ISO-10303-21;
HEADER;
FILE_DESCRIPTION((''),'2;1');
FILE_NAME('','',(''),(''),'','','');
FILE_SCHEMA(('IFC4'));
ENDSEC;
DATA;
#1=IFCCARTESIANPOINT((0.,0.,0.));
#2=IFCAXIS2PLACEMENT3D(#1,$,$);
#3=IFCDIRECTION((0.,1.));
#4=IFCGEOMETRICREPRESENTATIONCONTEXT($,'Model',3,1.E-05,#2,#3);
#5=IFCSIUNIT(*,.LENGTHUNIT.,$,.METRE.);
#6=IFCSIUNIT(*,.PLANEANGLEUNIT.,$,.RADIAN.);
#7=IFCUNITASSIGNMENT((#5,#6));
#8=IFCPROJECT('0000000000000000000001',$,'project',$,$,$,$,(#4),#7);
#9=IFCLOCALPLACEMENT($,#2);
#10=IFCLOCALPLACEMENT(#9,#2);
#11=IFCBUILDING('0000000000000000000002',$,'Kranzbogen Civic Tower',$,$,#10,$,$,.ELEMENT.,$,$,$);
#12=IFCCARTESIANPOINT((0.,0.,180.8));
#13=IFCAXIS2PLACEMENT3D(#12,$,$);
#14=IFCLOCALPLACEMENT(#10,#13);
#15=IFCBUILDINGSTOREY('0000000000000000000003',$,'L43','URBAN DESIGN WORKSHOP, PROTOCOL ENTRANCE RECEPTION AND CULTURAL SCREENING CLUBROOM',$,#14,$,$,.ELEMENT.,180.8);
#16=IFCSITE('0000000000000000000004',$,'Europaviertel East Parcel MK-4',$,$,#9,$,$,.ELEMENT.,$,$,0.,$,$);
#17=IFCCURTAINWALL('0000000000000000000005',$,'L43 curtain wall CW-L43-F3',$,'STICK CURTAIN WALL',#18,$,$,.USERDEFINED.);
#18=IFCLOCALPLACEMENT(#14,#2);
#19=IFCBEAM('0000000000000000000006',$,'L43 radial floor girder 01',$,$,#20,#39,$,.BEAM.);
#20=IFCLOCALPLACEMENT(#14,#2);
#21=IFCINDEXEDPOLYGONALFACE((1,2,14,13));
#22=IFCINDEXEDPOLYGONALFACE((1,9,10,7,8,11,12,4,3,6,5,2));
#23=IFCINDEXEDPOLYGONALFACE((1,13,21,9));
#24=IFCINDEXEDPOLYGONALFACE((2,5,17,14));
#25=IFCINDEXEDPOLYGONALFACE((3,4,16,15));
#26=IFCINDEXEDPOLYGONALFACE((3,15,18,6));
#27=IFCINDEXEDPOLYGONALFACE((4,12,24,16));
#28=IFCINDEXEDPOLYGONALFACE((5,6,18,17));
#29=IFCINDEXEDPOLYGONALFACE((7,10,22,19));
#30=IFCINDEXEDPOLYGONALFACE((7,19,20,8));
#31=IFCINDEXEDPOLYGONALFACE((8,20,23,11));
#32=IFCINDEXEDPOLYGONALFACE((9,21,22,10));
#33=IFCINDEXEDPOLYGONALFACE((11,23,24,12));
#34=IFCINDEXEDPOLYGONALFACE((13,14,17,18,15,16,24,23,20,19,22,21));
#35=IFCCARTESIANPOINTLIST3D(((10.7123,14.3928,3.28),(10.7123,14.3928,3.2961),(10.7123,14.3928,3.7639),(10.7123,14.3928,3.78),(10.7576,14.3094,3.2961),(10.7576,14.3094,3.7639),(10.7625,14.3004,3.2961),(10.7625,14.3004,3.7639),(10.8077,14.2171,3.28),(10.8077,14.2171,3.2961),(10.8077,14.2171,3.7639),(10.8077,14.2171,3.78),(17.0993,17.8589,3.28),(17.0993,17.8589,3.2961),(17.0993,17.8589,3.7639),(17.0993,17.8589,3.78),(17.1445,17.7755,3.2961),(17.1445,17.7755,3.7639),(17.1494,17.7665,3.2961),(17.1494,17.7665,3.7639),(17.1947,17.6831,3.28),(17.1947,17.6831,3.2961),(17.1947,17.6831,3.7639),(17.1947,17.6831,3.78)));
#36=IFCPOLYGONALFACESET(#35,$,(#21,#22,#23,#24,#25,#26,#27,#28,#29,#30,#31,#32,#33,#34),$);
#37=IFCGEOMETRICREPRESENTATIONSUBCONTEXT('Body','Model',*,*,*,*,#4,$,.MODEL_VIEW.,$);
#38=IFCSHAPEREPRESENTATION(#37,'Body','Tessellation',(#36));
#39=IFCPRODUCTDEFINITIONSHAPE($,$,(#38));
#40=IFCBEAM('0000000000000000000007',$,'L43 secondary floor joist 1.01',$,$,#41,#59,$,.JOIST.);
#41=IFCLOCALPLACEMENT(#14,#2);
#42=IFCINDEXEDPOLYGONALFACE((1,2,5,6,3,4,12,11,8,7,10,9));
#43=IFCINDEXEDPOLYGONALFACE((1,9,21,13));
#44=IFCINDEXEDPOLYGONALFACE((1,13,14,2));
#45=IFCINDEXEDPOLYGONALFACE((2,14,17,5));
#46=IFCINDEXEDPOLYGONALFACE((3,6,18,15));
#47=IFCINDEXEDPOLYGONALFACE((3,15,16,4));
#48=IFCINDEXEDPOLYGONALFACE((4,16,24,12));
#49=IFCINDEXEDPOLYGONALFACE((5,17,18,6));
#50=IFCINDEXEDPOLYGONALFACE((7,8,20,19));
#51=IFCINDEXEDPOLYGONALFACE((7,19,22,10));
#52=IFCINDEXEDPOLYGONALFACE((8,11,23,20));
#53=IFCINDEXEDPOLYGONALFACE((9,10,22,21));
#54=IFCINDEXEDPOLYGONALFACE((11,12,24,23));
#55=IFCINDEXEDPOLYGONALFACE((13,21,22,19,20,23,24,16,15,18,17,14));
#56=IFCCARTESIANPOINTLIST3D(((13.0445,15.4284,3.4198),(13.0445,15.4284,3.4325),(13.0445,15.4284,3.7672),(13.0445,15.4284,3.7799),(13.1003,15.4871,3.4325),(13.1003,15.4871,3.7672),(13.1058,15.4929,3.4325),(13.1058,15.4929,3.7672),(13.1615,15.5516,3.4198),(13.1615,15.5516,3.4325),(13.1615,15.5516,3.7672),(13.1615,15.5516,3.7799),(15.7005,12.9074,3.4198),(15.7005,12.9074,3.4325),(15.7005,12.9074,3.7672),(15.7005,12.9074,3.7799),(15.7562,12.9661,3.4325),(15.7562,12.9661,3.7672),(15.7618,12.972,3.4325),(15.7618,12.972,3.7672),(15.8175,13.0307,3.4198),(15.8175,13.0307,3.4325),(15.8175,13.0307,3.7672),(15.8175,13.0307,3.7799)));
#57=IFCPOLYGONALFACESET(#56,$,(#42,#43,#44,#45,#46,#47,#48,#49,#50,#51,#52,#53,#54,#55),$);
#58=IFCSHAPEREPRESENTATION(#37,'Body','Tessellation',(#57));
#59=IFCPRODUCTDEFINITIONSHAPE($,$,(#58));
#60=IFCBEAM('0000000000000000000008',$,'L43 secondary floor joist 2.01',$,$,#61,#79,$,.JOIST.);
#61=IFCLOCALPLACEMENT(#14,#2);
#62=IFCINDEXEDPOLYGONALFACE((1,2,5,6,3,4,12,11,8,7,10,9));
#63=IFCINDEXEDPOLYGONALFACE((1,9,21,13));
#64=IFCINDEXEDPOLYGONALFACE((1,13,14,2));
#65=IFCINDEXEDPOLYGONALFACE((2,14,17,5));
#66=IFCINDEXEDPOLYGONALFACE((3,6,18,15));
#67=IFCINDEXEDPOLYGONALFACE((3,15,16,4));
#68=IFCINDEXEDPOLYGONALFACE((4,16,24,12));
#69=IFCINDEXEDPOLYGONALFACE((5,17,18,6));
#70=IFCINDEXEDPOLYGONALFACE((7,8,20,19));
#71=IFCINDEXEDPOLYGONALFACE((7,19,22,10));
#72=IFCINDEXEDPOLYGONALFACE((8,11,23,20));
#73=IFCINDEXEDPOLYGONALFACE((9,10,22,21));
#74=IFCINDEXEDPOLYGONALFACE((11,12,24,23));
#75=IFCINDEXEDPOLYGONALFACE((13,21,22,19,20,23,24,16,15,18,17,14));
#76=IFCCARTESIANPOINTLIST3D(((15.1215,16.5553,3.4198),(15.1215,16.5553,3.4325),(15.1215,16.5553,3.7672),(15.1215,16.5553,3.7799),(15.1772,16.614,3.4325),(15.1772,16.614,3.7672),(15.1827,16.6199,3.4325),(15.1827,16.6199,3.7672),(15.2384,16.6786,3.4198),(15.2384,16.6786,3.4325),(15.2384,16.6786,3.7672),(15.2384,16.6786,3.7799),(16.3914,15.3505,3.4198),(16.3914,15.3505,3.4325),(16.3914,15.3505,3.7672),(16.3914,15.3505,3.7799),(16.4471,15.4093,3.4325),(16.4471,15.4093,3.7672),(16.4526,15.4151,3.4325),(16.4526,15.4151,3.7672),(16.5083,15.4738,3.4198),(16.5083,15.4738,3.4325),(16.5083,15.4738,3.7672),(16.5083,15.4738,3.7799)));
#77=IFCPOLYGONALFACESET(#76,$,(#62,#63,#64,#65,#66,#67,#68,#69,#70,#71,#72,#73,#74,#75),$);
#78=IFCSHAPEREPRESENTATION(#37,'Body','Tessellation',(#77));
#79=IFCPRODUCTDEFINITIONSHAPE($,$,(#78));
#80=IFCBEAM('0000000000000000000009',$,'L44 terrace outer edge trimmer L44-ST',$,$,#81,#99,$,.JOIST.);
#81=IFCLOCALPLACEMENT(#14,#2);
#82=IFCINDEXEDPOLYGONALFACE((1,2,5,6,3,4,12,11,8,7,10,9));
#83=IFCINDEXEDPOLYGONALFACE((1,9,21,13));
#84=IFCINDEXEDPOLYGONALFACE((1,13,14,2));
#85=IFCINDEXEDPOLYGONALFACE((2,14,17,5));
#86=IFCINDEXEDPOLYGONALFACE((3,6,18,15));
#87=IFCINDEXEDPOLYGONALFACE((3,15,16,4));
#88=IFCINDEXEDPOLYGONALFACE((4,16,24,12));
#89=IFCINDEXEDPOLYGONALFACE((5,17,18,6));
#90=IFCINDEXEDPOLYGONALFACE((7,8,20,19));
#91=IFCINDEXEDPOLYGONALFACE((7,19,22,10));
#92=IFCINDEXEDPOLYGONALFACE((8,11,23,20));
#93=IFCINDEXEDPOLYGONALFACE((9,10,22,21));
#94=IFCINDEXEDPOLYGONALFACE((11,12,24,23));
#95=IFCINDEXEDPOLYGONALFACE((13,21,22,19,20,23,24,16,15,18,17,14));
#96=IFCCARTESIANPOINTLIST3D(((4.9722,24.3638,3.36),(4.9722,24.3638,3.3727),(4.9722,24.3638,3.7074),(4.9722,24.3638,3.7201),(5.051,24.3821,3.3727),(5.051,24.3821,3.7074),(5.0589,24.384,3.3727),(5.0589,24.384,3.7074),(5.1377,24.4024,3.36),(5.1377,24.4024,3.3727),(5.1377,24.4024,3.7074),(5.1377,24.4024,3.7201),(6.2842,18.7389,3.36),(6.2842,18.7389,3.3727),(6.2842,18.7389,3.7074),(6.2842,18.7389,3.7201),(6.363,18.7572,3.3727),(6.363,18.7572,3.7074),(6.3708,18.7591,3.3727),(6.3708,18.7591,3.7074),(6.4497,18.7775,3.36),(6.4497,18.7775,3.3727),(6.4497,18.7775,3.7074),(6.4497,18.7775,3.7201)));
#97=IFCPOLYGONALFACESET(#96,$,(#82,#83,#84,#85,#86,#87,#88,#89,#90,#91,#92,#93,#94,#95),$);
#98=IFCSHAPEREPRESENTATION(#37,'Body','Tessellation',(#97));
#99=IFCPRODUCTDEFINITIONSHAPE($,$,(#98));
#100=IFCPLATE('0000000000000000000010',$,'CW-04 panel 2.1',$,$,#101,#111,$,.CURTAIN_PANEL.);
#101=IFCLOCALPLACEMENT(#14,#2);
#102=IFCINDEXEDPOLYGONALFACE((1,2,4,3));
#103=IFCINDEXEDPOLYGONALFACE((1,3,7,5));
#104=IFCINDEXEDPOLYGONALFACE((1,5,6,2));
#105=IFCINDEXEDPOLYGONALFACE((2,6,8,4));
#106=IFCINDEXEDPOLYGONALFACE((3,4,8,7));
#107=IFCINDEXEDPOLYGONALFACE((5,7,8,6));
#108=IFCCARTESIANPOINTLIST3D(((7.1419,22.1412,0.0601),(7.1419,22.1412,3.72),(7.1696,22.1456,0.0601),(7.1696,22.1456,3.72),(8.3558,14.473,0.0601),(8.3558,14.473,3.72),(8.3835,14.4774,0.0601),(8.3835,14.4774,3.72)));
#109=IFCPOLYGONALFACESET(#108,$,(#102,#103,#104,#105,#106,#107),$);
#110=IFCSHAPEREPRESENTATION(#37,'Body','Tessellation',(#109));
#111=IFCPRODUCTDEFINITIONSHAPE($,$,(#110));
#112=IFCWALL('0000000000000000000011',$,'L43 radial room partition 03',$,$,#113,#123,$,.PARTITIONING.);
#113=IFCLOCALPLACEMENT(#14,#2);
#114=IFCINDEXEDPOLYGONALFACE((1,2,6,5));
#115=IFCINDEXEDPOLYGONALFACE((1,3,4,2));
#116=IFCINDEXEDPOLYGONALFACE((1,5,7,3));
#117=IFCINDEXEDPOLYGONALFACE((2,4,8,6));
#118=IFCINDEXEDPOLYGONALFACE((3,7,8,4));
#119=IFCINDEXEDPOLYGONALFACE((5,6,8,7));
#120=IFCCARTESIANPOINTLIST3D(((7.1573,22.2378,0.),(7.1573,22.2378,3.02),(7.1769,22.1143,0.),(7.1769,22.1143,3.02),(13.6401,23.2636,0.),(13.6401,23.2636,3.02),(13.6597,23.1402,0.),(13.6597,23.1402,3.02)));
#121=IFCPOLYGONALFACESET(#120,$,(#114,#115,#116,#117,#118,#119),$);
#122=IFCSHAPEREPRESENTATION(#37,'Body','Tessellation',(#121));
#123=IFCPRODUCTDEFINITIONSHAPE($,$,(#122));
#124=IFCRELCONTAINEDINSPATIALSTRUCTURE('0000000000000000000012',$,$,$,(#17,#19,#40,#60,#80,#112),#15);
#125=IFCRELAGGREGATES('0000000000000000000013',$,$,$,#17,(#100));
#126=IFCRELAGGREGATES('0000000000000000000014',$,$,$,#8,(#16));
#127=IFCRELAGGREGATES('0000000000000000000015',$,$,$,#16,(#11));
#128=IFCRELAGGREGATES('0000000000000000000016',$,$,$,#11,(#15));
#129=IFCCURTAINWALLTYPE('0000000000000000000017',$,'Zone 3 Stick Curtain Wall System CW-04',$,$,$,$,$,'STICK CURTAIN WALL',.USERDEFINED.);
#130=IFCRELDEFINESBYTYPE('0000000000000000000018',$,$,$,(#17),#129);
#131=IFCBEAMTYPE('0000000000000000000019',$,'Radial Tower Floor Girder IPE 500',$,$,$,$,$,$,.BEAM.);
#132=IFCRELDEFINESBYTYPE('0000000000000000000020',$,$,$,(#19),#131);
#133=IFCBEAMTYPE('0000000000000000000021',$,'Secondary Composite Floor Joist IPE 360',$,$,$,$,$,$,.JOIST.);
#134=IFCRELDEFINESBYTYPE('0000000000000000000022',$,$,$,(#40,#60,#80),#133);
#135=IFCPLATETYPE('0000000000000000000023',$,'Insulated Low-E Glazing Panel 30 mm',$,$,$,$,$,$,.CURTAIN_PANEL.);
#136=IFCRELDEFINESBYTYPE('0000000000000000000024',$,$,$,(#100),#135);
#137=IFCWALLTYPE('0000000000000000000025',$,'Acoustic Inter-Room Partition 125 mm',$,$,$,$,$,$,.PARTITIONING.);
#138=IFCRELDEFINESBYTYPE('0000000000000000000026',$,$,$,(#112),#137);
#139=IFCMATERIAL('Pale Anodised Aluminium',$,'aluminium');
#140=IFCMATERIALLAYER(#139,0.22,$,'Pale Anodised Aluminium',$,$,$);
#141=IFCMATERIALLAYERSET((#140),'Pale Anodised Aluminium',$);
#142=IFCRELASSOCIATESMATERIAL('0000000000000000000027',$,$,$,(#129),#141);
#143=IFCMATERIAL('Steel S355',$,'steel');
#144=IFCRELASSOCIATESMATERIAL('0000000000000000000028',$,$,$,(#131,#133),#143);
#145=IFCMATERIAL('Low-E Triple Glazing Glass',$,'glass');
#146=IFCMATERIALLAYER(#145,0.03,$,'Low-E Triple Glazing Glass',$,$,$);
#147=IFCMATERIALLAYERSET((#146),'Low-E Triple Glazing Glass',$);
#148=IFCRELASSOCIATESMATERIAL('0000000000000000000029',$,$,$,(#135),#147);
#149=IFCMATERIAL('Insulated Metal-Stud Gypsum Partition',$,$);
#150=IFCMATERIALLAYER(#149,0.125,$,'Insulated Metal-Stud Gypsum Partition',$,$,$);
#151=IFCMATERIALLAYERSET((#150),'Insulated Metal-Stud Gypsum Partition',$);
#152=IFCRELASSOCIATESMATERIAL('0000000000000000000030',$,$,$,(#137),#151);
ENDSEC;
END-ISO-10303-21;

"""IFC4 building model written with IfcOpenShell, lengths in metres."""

from ifc_helpers import new_model, si_unit, direction, frame, frame_2d, origin, origin_2d, place, context, subcontext, project, spatial, rectangle, i_section, extrude, material, layer, layer_set, material_profile, profile_set, type_object, element, aggregate, save


model = new_model("IFC4")

# Units and contexts
model_context = context("Model", 3, precision=1e-05, world=origin(), true_north=direction((0.0, 1.0)))
body_context = subcontext(model_context, "Body", "Model", "MODEL_VIEW")
ifc_project = project(units=[si_unit("LENGTHUNIT", "METRE"), si_unit("PLANEANGLEUNIT", "RADIAN")], contexts=[model_context])

# Site, building, storey
site_placement = place(None, origin())
site = spatial("IfcSite", under=ifc_project, at=site_placement, Name="Europaviertel East Parcel MK-4", CompositionType="ELEMENT", RefElevation=0.0)
building_placement = place(site_placement, origin())
building = spatial("IfcBuilding", under=site, at=building_placement, Name="Kranzbogen Civic Tower", CompositionType="ELEMENT")
storey_placement = place(building_placement, frame((0.0, 0.0, 180.8)))
storey = spatial("IfcBuildingStorey", under=building, at=storey_placement, Name="L43", Description="URBAN DESIGN WORKSHOP, PROTOCOL ENTRANCE RECEPTION AND CULTURAL SCREENING CLUBROOM", CompositionType="ELEMENT", Elevation=180.8)

# Shared definitions
ifc_material_1 = material(Name="Steel S355", Category="steel")

# Curtain wall
ifc_material_2 = material(Name="Pale Anodised Aluminium", Category="aluminium")
ifc_layer_1 = layer(ifc_material_2, 0.22, Name="Pale Anodised Aluminium")
ifc_layer_set_1 = layer_set([ifc_layer_1], Name="Pale Anodised Aluminium")
curtain_wall_type = type_object("IfcCurtainWallType", Name="Zone 3 Stick Curtain Wall System CW-04", ElementType="STICK CURTAIN WALL", PredefinedType="USERDEFINED", material=ifc_layer_set_1)
curtain_wall_placement = place(storey_placement, origin())
curtain_wall = element("IfcCurtainWall", 1, at=curtain_wall_placement, inside=storey, type_object=curtain_wall_type, Name="L43 curtain wall CW-L43-F3", ObjectType="STICK CURTAIN WALL", PredefinedType="USERDEFINED")

# Beams
ifc_material_profile_1 = material_profile(ifc_material_1, i_section(OverallWidth=0.2, OverallDepth=0.5, WebThickness=0.0103, FlangeThickness=0.0161, at=origin_2d()), Name="IPE 500")
ifc_profile_set_1 = profile_set([ifc_material_profile_1], Name="Steel S355")
beam_type_1 = type_object("IfcBeamType", Name="Radial Tower Floor Girder IPE 500", PredefinedType="BEAM", material=ifc_profile_set_1)
beam_1_placement = place(storey_placement, frame((10.76, 14.3049, 3.53), z_axis=(0.878919, 0.47697, 0.0), x_axis=(-0.47697, 0.878919, 0.0)))
element("IfcBeam", 2, at=beam_1_placement, inside=storey, type_object=beam_type_1, Name="L43 radial floor girder 01", PredefinedType="BEAM", context=body_context, shape_type="SweptSolid", body=[
    extrude(i_section(OverallWidth=0.2, OverallDepth=0.5, WebThickness=0.0103, FlangeThickness=0.0161, at=origin_2d()), origin(), (0.0, 0.0, 1.0), 7.2668),
])
ifc_material_profile_2 = material_profile(ifc_material_1, i_section(OverallWidth=0.1699, OverallDepth=0.3601, WebThickness=0.0081, FlangeThickness=0.0127, at=origin_2d()), Name="IPE 360")
ifc_profile_set_2 = profile_set([ifc_material_profile_2], Name="Steel S355")
beam_type_2 = type_object("IfcBeamType", Name="Secondary Composite Floor Joist IPE 360", PredefinedType="JOIST", material=ifc_profile_set_2)
beam_2_placement = place(storey_placement, frame((13.103, 15.49, 3.5999), z_axis=(0.725301, -0.688432, 0.0), x_axis=(0.688432, 0.725301, 0.0)))
element("IfcBeam", 3, at=beam_2_placement, inside=storey, type_object=beam_type_2, Name="L43 secondary floor joist 1.01", PredefinedType="JOIST", context=body_context, shape_type="SweptSolid", body=[
    extrude(i_section(OverallWidth=0.1699, OverallDepth=0.3601, WebThickness=0.0081, FlangeThickness=0.0127, at=origin_2d()), origin(), (0.0, 0.0, 1.0), 3.6619),
])
beam_3_placement = place(storey_placement, frame((15.1799, 16.6169, 3.5999), z_axis=(0.72548, -0.688243, 0.0), x_axis=(0.688243, 0.72548, 0.0)))
element("IfcBeam", 4, at=beam_3_placement, inside=storey, type_object=beam_type_2, Name="L43 secondary floor joist 2.01", PredefinedType="JOIST", context=body_context, shape_type="SweptSolid", body=[
    extrude(i_section(OverallWidth=0.1699, OverallDepth=0.3601, WebThickness=0.0081, FlangeThickness=0.0127, at=origin_2d()), origin(), (0.0, 0.0, 1.0), 1.7505),
])
beam_4_placement = place(storey_placement, frame((5.0549, 24.3831, 3.54), z_axis=(0.227149, -0.97386, 0.0), x_axis=(0.97386, 0.227149, 0.0)))
element("IfcBeam", 5, at=beam_4_placement, inside=storey, type_object=beam_type_2, Name="L44 terrace outer edge trimmer L44-ST", PredefinedType="JOIST", context=body_context, shape_type="SweptSolid", body=[
    extrude(i_section(OverallWidth=0.1699, OverallDepth=0.3601, WebThickness=0.0081, FlangeThickness=0.0127, at=origin_2d()), origin(), (0.0, 0.0, 1.0), 5.7759),
])

# Plate
ifc_material_3 = material(Name="Low-E Triple Glazing Glass", Category="glass")
ifc_layer_2 = layer(ifc_material_3, 0.03, Name="Low-E Triple Glazing Glass")
ifc_layer_set_2 = layer_set([ifc_layer_2], Name="Low-E Triple Glazing Glass")
plate_type = type_object("IfcPlateType", Name="Insulated Low-E Glazing Panel 30 mm", PredefinedType="CURTAIN_PANEL", material=ifc_layer_set_2)
plate_placement = place(storey_placement, frame((7.7627, 18.3093, 0.0601), z_axis=(0.0, 0.0, 1.0), x_axis=(0.156361, -0.9877, 0.0)))
plate = element("IfcPlate", 6, at=plate_placement, type_object=plate_type, Name="CW-04 panel 2.1", PredefinedType="CURTAIN_PANEL", context=body_context, shape_type="SweptSolid", body=[
    extrude(rectangle(XDim=7.7637, YDim=0.0281, at=origin_2d()), origin(), (0.0, 0.0, 1.0), 3.6599),
])
aggregate(curtain_wall, [plate])

# Wall
ifc_material_4 = material(Name="Insulated Metal-Stud Gypsum Partition")
ifc_layer_3 = layer(ifc_material_4, 0.125, Name="Insulated Metal-Stud Gypsum Partition")
ifc_layer_set_3 = layer_set([ifc_layer_3], Name="Insulated Metal-Stud Gypsum Partition")
wall_type_1 = type_object("IfcWallType", Name="Acoustic Inter-Room Partition 125 mm", PredefinedType="PARTITIONING", material=ifc_layer_set_3)
wall_1_placement = place(storey_placement, frame((13.6499, 23.2019, 0.0), z_axis=(0.0, 0.0, 1.0), x_axis=(-0.98771, -0.156299, 0.0)))
element("IfcWall", 7, at=wall_1_placement, inside=storey, type_object=wall_type_1, Name="L43 radial room partition 03", PredefinedType="PARTITIONING", context=body_context, shape_type="SweptSolid", body=[
    extrude(rectangle(XDim=6.5635, YDim=0.125, at=frame_2d((3.2817, 0.0))), origin(), (0.0, 0.0, 1.0), 3.02),
])

save(model, "model.ifc")
